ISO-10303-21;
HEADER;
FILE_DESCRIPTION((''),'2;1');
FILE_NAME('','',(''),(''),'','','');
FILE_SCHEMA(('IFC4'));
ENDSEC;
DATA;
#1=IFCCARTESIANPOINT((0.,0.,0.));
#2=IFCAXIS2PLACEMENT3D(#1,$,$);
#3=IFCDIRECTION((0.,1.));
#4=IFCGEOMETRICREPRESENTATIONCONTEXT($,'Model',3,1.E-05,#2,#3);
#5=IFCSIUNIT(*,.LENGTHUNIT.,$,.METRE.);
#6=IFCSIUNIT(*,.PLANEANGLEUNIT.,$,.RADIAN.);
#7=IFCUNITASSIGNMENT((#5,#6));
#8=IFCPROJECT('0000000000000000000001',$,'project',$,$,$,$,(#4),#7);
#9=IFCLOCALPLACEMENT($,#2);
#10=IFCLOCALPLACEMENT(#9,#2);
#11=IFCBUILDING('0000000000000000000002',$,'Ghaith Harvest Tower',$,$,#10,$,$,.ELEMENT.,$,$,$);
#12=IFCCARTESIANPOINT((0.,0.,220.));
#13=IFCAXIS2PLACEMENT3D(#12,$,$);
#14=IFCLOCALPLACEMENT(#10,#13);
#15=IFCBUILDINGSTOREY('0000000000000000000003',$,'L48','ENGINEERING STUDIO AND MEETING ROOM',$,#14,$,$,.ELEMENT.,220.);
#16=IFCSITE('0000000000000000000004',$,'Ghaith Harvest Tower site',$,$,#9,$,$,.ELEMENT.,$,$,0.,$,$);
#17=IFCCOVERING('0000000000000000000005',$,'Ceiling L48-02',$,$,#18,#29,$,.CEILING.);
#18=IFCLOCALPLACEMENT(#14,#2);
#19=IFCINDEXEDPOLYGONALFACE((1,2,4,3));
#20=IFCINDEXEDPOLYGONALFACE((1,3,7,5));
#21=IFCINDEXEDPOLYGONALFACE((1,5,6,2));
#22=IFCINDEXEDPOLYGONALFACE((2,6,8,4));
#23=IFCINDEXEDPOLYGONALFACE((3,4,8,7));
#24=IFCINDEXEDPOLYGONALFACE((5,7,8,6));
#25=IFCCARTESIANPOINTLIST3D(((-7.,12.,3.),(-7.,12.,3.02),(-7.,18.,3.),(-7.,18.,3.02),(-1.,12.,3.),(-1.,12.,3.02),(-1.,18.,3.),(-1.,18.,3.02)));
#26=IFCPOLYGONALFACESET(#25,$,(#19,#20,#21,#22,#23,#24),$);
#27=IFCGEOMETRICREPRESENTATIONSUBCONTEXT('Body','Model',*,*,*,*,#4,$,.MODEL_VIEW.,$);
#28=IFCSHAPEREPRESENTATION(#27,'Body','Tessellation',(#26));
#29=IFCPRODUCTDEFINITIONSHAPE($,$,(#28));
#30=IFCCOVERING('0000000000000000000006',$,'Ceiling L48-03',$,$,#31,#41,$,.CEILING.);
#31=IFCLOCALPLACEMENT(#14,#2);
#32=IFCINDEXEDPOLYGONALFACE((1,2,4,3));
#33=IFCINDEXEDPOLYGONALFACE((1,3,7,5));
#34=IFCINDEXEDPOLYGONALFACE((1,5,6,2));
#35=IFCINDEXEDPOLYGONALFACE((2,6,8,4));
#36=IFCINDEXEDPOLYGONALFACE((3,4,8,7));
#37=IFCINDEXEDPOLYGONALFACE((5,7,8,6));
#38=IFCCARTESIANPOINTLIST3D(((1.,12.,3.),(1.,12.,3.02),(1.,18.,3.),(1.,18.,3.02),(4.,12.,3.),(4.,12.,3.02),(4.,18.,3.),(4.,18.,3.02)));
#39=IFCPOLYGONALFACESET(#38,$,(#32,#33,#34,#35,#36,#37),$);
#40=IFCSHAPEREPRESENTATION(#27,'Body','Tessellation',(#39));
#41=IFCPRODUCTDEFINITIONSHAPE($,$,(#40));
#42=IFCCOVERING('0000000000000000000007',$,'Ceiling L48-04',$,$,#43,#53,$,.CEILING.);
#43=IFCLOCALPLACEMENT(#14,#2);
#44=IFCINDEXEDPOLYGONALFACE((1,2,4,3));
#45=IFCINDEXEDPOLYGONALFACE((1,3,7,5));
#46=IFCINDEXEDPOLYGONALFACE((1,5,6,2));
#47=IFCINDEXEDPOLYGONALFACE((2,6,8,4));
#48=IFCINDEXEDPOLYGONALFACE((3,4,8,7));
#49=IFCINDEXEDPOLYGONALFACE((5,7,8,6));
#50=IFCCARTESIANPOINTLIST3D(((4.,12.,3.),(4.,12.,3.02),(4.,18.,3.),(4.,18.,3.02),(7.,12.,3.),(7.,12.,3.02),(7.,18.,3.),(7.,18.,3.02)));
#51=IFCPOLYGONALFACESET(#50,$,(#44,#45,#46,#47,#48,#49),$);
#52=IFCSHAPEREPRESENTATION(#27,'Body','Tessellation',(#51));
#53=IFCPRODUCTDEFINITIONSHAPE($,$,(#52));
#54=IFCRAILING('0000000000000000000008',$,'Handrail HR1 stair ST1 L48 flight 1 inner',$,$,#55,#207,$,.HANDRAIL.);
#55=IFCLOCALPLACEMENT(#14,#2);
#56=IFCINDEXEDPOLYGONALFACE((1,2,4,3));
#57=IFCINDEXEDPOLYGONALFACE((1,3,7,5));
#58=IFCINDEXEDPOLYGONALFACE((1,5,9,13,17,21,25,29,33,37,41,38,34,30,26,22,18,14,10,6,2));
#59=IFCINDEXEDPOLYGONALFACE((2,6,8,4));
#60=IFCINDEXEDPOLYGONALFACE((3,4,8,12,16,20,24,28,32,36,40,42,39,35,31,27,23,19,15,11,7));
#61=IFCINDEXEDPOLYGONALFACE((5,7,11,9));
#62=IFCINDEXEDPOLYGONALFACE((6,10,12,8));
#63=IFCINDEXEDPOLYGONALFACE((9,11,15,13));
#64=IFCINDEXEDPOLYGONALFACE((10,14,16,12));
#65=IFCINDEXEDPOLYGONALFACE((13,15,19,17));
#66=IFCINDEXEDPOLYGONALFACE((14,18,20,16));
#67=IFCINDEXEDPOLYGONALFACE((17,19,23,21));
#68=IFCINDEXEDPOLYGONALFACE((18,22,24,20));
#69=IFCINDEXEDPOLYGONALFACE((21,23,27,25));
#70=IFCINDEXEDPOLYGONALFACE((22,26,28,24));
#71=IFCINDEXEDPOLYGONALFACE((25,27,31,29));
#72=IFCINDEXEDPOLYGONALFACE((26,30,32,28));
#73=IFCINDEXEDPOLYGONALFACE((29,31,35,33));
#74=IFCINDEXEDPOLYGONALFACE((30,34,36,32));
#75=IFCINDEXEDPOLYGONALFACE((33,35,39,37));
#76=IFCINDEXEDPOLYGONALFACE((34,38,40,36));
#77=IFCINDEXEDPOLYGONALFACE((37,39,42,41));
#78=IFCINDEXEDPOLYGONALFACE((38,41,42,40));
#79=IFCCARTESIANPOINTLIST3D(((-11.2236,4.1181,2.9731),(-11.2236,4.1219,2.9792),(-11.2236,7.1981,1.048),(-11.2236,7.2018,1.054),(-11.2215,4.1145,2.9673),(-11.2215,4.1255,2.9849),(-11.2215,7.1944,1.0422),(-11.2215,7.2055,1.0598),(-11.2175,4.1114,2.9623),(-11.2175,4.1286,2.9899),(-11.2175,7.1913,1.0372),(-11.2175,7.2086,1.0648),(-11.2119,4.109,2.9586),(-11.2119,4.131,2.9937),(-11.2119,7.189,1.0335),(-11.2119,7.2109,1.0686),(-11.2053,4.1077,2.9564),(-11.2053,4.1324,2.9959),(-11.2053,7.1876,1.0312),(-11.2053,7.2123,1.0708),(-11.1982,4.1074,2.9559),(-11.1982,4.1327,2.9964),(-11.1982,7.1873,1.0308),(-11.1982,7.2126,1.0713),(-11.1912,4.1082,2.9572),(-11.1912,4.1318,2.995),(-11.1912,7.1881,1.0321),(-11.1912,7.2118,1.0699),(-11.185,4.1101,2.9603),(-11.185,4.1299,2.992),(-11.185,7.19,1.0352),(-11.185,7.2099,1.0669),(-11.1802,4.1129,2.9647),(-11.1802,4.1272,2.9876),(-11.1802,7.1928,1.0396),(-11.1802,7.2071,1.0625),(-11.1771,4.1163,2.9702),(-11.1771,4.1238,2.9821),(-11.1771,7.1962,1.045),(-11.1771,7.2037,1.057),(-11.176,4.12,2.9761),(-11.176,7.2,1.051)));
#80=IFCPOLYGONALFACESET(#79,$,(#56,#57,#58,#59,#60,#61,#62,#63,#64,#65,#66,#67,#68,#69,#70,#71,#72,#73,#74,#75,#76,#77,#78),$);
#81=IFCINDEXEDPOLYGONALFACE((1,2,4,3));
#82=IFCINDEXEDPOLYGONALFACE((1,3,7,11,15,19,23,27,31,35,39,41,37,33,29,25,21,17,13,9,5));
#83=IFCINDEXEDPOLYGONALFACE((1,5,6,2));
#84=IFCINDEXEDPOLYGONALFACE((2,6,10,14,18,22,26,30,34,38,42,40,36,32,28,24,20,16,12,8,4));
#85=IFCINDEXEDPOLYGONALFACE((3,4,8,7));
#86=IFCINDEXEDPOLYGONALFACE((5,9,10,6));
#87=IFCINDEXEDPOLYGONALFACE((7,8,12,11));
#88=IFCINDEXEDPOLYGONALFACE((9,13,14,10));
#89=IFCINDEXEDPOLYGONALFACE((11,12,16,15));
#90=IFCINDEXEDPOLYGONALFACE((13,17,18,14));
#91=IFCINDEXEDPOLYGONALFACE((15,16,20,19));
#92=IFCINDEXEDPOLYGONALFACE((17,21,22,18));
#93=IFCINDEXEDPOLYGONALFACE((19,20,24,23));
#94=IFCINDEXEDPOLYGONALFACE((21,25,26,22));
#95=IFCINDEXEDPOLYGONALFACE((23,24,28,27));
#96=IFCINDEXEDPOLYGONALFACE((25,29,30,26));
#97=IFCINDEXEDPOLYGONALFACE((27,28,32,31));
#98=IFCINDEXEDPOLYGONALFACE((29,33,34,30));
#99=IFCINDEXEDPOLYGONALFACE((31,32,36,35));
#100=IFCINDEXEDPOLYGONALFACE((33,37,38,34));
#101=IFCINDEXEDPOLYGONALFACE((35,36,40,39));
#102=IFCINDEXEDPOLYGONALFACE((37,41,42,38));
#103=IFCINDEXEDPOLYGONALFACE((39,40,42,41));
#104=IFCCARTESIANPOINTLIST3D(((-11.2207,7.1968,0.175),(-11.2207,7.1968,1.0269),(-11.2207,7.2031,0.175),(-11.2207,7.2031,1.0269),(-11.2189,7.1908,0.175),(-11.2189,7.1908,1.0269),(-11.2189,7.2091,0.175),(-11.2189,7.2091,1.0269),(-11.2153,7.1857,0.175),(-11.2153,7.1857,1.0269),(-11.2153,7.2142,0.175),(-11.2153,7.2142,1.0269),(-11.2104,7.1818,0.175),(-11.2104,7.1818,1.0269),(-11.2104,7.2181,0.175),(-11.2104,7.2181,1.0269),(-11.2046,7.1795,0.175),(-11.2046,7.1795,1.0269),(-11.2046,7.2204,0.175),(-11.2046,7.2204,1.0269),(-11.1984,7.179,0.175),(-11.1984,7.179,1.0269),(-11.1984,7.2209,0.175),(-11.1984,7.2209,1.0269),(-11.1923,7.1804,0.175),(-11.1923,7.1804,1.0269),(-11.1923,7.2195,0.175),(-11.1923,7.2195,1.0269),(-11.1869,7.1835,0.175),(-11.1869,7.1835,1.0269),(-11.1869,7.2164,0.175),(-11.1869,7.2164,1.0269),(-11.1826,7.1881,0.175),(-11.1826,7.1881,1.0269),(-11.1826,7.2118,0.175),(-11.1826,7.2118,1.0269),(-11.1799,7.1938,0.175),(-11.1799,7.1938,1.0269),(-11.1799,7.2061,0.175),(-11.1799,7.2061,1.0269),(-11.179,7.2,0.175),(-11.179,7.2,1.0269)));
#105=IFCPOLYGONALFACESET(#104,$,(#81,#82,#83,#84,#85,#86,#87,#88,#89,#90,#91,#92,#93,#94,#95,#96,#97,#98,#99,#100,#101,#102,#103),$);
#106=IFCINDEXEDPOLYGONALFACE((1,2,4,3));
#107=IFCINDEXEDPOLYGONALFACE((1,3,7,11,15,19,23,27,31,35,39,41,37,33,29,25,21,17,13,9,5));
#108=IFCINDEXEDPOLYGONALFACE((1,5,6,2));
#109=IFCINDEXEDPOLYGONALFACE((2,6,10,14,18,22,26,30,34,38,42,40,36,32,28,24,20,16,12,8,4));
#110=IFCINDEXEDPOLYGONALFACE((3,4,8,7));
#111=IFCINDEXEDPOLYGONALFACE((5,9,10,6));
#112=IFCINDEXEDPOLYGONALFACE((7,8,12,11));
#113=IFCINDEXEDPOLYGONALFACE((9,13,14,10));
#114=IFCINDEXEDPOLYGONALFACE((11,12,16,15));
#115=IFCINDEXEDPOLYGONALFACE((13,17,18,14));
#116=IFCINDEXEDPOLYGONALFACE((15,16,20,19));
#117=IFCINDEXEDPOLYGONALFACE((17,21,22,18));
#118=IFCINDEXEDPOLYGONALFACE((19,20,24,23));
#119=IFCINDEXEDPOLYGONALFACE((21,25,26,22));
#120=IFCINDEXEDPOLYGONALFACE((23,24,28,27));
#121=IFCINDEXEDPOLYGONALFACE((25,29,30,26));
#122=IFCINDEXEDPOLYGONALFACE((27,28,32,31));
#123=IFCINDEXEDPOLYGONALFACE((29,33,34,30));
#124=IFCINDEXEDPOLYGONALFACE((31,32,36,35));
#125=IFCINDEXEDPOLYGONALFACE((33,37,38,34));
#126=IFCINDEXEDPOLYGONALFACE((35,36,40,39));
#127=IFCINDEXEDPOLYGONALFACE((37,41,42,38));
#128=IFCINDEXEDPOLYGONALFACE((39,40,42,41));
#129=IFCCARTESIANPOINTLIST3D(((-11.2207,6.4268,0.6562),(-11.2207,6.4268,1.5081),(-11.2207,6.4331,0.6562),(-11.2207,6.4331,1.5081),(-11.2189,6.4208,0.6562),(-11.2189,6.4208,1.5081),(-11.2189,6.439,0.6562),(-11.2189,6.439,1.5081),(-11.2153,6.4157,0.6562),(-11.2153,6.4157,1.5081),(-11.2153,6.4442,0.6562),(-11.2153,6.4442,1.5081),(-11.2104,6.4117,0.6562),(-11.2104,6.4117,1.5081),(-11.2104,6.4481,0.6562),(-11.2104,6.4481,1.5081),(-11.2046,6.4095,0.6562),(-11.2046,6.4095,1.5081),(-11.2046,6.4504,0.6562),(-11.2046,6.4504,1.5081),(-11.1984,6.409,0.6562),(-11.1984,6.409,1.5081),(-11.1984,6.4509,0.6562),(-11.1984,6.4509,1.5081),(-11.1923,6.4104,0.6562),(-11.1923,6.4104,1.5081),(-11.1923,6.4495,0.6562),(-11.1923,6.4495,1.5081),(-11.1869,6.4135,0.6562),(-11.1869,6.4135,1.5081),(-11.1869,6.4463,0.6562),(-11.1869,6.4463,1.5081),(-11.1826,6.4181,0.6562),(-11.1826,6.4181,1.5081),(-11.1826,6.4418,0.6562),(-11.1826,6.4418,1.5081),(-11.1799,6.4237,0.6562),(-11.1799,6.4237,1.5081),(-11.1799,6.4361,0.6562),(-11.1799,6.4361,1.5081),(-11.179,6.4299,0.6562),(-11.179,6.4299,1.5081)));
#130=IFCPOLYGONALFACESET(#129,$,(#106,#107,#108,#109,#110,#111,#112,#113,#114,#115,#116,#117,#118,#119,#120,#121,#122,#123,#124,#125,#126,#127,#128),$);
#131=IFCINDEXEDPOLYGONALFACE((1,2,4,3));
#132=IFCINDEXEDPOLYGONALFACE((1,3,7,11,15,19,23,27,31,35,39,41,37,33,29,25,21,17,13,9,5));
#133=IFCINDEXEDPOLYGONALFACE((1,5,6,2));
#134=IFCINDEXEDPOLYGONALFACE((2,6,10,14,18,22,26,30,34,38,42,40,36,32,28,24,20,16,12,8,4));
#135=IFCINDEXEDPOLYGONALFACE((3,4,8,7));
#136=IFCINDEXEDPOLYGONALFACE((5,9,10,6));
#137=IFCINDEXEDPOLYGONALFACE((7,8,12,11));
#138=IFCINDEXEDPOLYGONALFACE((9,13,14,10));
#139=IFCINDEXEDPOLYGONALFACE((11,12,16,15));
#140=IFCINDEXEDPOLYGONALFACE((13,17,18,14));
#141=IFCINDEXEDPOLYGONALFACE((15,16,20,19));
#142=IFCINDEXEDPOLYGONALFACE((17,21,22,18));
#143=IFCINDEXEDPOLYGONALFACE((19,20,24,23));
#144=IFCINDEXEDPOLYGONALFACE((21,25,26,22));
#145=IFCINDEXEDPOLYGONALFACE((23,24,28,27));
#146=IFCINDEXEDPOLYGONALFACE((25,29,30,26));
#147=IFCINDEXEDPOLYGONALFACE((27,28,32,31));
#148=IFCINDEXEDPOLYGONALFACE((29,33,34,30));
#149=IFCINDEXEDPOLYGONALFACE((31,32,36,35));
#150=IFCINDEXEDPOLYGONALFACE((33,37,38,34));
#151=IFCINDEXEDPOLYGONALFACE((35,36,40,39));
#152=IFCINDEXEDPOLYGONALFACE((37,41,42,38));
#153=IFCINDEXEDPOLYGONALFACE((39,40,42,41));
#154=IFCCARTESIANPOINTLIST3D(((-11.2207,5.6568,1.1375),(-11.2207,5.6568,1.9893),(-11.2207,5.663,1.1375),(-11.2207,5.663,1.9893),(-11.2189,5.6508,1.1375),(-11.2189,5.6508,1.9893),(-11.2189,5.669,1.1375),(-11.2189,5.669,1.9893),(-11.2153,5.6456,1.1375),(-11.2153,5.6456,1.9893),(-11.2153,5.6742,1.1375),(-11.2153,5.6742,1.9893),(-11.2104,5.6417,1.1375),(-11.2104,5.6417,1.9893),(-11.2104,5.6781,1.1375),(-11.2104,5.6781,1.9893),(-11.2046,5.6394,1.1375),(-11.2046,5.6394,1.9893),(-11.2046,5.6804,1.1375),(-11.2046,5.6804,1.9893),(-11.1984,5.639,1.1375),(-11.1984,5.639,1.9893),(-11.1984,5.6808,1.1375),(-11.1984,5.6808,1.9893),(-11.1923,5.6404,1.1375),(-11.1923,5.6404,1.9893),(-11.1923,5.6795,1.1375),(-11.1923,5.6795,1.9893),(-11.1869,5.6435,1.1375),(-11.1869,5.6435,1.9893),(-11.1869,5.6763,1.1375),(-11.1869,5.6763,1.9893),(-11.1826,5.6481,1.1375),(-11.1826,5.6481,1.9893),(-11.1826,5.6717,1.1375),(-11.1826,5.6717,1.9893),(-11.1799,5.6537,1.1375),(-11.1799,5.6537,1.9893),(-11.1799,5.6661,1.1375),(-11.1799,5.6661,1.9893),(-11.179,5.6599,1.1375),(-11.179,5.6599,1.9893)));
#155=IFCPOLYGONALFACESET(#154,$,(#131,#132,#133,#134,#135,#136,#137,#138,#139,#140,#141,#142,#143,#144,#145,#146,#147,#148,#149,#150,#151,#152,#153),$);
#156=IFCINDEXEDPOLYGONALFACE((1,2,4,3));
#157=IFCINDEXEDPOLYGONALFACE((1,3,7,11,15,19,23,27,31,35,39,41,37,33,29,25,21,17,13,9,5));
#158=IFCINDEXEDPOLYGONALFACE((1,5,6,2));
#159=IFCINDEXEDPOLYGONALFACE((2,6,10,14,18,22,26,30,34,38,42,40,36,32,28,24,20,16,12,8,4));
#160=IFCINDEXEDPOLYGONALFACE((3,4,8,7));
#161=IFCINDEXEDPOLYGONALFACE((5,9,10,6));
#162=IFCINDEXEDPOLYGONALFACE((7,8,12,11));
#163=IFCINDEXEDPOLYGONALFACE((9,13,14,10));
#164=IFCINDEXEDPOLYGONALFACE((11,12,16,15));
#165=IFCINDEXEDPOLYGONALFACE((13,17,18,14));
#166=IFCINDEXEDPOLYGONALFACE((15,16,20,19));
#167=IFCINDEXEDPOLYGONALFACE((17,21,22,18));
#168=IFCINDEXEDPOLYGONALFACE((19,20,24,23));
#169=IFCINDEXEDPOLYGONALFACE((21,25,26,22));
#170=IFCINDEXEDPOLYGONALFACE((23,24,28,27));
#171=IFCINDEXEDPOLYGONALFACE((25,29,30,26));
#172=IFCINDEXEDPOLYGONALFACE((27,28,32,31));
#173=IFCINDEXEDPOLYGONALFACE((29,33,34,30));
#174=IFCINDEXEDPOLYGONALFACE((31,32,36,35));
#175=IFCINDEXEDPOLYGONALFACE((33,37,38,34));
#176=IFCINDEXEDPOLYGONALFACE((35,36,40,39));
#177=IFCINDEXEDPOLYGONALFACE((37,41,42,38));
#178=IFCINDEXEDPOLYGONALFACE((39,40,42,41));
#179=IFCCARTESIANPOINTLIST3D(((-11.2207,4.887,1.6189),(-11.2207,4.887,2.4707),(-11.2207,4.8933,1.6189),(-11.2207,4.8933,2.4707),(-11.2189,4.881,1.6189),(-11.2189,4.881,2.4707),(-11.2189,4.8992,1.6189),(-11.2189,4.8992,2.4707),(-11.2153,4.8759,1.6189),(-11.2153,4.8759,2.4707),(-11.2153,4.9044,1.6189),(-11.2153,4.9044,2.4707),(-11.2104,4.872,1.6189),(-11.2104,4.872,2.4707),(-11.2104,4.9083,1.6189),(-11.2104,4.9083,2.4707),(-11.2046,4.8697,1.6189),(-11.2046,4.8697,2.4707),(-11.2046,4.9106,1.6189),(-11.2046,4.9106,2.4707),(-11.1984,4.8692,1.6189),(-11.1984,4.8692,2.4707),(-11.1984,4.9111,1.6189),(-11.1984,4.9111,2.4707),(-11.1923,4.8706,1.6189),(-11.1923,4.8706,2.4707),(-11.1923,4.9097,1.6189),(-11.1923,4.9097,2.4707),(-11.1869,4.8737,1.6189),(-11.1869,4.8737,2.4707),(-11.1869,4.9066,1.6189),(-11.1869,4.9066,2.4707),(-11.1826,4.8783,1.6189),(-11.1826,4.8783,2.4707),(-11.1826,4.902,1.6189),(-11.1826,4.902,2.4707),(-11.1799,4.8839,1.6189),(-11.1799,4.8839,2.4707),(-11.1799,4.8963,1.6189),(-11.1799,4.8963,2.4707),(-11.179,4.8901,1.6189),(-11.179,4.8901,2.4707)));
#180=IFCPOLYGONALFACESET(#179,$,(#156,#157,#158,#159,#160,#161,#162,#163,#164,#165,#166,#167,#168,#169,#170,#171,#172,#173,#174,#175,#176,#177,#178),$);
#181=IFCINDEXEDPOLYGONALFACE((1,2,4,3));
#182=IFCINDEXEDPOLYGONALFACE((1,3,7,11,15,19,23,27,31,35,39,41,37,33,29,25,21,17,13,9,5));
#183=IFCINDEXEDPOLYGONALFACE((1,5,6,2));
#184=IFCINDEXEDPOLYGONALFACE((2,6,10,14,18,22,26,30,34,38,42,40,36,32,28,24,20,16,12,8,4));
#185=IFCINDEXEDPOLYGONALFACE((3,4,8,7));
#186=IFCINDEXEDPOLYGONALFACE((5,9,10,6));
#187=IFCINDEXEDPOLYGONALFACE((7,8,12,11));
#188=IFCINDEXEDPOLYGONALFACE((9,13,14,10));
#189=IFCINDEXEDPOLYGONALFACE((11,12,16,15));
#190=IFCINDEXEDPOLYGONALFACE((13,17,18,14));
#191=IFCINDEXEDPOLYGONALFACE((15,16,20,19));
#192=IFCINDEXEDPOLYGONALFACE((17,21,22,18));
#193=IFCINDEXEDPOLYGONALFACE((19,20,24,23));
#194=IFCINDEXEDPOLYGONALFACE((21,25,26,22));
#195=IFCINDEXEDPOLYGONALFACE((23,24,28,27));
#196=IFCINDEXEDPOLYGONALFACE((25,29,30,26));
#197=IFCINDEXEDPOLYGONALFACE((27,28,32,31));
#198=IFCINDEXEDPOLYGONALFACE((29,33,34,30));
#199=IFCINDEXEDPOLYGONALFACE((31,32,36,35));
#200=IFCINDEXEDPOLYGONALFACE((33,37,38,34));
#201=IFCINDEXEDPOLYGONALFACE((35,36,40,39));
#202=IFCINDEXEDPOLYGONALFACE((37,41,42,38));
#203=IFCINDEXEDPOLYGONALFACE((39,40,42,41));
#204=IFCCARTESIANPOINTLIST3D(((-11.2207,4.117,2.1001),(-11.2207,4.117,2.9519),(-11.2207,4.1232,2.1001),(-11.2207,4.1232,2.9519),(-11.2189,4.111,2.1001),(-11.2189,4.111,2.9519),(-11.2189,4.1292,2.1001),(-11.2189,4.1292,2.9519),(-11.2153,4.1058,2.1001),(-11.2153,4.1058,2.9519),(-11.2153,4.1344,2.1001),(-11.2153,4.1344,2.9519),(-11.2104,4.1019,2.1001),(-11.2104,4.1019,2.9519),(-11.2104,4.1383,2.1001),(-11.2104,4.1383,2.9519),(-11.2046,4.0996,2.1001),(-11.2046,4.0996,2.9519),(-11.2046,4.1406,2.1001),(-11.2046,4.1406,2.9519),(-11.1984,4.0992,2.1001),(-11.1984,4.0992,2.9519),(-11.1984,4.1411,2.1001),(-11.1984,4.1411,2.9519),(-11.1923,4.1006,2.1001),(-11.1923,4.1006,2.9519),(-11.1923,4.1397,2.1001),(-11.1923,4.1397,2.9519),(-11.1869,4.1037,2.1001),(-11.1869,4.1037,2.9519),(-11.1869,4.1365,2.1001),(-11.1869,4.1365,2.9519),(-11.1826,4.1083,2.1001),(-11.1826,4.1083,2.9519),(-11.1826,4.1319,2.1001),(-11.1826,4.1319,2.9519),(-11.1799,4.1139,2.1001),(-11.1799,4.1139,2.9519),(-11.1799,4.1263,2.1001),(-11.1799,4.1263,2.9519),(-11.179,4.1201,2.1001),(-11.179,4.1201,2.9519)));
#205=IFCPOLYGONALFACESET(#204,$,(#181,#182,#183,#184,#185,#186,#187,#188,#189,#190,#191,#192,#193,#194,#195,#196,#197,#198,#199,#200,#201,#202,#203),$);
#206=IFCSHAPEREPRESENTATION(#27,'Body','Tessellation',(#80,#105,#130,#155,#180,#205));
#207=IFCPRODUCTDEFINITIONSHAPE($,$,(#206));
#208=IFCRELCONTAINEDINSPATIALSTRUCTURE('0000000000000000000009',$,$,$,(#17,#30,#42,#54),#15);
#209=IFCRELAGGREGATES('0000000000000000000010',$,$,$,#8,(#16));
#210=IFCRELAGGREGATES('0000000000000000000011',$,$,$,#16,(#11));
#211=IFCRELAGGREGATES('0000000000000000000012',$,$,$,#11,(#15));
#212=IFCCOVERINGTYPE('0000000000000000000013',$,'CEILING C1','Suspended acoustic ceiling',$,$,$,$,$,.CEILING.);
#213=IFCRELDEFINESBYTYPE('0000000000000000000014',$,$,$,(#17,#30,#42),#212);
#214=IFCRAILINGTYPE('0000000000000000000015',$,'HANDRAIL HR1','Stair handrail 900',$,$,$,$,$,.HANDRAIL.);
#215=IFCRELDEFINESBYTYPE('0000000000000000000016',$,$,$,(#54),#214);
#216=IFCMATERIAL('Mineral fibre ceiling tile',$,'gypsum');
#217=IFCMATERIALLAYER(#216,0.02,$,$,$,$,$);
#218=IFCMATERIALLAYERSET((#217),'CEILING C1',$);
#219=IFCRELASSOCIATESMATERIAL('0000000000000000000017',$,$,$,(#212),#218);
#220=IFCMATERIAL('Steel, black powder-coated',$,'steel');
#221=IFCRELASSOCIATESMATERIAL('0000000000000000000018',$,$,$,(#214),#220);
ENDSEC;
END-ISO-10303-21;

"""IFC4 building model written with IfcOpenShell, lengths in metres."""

from ifc_helpers import new_model, si_unit, direction, frame, origin, origin_2d, place, context, subcontext, project, spatial, polyline, circle, outline, extrude, material, layer, layer_set, type_object, element, save


model = new_model("IFC4")

# Units and contexts
model_context = context("Model", 3, precision=1e-05, world=origin(), true_north=direction((0.0, 1.0)))
body_context = subcontext(model_context, "Body", "Model", "MODEL_VIEW")
ifc_project = project(units=[si_unit("LENGTHUNIT", "METRE"), si_unit("PLANEANGLEUNIT", "RADIAN")], contexts=[model_context])

# Site, building, storey
site_placement = place(None, origin())
site = spatial("IfcSite", under=ifc_project, at=site_placement, Name="Ghaith Harvest Tower site", CompositionType="ELEMENT", RefElevation=0.0)
building_placement = place(site_placement, origin())
building = spatial("IfcBuilding", under=site, at=building_placement, Name="Ghaith Harvest Tower", CompositionType="ELEMENT")
storey_placement = place(building_placement, frame((0.0, 0.0, 220.0)))
storey = spatial("IfcBuildingStorey", under=building, at=storey_placement, Name="L48", Description="ENGINEERING STUDIO AND MEETING ROOM", CompositionType="ELEMENT", Elevation=220.0)

# Coverings
ifc_material_1 = material(Name="Mineral fibre ceiling tile", Category="gypsum")
ifc_layer_1 = layer(ifc_material_1, 0.02)
ifc_layer_set_1 = layer_set([ifc_layer_1], Name="CEILING C1")
covering_type = type_object("IfcCoveringType", Name="CEILING C1", Description="Suspended acoustic ceiling", PredefinedType="CEILING", material=ifc_layer_set_1)
covering_1_placement = place(storey_placement, frame((0.0, 0.0, 3.0)))
element("IfcCovering", 1, at=covering_1_placement, inside=storey, type_object=covering_type, Name="Ceiling L48-02", PredefinedType="CEILING", context=body_context, shape_type="SweptSolid", body=[
    extrude(outline(polyline([(-7.0, 12.0), (-1.0, 12.0), (-1.0, 18.0), (-7.0, 18.0), (-7.0, 12.0)])), origin(), (0.0, 0.0, 1.0), 0.02),
])
covering_2_placement = place(storey_placement, frame((0.0, 0.0, 3.0)))
element("IfcCovering", 2, at=covering_2_placement, inside=storey, type_object=covering_type, Name="Ceiling L48-03", PredefinedType="CEILING", context=body_context, shape_type="SweptSolid", body=[
    extrude(outline(polyline([(1.0, 12.0), (4.0, 12.0), (4.0, 18.0), (1.0, 18.0), (1.0, 12.0)])), origin(), (0.0, 0.0, 1.0), 0.02),
])
covering_3_placement = place(storey_placement, frame((0.0, 0.0, 3.0)))
element("IfcCovering", 3, at=covering_3_placement, inside=storey, type_object=covering_type, Name="Ceiling L48-04", PredefinedType="CEILING", context=body_context, shape_type="SweptSolid", body=[
    extrude(outline(polyline([(4.0, 12.0), (7.0, 12.0), (7.0, 18.0), (4.0, 18.0), (4.0, 12.0)])), origin(), (0.0, 0.0, 1.0), 0.02),
])

# Railing
ifc_material_2 = material(Name="Steel, black powder-coated", Category="steel")
railing_type = type_object("IfcRailingType", Name="HANDRAIL HR1", Description="Stair handrail 900", PredefinedType="HANDRAIL", material=ifc_material_2)
railing_1_placement = place(storey_placement, frame((-11.2, 7.2, 0.175)))
element("IfcRailing", 4, at=railing_1_placement, inside=storey, type_object=railing_type, Name="Handrail HR1 stair ST1 L48 flight 1 inner", PredefinedType="HANDRAIL", context=body_context, shape_type="SweptSolid", body=[
    extrude(circle(Radius=0.0239, at=origin_2d()), frame((0.0, 0.0, 0.876), z_axis=(0.0, -0.847979, 0.530029), x_axis=(1.0, 0.0, 0.0)), (0.0, 0.0, 1.0), 3.6321),
    extrude(circle(Radius=0.021, at=origin_2d()), origin(), (0.0, 0.0, 1.0), 0.8518),
    extrude(circle(Radius=0.021, at=origin_2d()), frame((0.0, -0.77, 0.4812)), (0.0, 0.0, 1.0), 0.8518),
    extrude(circle(Radius=0.021, at=origin_2d()), frame((0.0, -1.54, 0.9624)), (0.0, 0.0, 1.0), 0.8518),
    extrude(circle(Radius=0.021, at=origin_2d()), frame((0.0, -2.3098, 1.4438)), (0.0, 0.0, 1.0), 0.8518),
    extrude(circle(Radius=0.021, at=origin_2d()), frame((0.0, -3.0798, 1.925)), (0.0, 0.0, 1.0), 0.8518),
])

save(model, "model.ifc")
